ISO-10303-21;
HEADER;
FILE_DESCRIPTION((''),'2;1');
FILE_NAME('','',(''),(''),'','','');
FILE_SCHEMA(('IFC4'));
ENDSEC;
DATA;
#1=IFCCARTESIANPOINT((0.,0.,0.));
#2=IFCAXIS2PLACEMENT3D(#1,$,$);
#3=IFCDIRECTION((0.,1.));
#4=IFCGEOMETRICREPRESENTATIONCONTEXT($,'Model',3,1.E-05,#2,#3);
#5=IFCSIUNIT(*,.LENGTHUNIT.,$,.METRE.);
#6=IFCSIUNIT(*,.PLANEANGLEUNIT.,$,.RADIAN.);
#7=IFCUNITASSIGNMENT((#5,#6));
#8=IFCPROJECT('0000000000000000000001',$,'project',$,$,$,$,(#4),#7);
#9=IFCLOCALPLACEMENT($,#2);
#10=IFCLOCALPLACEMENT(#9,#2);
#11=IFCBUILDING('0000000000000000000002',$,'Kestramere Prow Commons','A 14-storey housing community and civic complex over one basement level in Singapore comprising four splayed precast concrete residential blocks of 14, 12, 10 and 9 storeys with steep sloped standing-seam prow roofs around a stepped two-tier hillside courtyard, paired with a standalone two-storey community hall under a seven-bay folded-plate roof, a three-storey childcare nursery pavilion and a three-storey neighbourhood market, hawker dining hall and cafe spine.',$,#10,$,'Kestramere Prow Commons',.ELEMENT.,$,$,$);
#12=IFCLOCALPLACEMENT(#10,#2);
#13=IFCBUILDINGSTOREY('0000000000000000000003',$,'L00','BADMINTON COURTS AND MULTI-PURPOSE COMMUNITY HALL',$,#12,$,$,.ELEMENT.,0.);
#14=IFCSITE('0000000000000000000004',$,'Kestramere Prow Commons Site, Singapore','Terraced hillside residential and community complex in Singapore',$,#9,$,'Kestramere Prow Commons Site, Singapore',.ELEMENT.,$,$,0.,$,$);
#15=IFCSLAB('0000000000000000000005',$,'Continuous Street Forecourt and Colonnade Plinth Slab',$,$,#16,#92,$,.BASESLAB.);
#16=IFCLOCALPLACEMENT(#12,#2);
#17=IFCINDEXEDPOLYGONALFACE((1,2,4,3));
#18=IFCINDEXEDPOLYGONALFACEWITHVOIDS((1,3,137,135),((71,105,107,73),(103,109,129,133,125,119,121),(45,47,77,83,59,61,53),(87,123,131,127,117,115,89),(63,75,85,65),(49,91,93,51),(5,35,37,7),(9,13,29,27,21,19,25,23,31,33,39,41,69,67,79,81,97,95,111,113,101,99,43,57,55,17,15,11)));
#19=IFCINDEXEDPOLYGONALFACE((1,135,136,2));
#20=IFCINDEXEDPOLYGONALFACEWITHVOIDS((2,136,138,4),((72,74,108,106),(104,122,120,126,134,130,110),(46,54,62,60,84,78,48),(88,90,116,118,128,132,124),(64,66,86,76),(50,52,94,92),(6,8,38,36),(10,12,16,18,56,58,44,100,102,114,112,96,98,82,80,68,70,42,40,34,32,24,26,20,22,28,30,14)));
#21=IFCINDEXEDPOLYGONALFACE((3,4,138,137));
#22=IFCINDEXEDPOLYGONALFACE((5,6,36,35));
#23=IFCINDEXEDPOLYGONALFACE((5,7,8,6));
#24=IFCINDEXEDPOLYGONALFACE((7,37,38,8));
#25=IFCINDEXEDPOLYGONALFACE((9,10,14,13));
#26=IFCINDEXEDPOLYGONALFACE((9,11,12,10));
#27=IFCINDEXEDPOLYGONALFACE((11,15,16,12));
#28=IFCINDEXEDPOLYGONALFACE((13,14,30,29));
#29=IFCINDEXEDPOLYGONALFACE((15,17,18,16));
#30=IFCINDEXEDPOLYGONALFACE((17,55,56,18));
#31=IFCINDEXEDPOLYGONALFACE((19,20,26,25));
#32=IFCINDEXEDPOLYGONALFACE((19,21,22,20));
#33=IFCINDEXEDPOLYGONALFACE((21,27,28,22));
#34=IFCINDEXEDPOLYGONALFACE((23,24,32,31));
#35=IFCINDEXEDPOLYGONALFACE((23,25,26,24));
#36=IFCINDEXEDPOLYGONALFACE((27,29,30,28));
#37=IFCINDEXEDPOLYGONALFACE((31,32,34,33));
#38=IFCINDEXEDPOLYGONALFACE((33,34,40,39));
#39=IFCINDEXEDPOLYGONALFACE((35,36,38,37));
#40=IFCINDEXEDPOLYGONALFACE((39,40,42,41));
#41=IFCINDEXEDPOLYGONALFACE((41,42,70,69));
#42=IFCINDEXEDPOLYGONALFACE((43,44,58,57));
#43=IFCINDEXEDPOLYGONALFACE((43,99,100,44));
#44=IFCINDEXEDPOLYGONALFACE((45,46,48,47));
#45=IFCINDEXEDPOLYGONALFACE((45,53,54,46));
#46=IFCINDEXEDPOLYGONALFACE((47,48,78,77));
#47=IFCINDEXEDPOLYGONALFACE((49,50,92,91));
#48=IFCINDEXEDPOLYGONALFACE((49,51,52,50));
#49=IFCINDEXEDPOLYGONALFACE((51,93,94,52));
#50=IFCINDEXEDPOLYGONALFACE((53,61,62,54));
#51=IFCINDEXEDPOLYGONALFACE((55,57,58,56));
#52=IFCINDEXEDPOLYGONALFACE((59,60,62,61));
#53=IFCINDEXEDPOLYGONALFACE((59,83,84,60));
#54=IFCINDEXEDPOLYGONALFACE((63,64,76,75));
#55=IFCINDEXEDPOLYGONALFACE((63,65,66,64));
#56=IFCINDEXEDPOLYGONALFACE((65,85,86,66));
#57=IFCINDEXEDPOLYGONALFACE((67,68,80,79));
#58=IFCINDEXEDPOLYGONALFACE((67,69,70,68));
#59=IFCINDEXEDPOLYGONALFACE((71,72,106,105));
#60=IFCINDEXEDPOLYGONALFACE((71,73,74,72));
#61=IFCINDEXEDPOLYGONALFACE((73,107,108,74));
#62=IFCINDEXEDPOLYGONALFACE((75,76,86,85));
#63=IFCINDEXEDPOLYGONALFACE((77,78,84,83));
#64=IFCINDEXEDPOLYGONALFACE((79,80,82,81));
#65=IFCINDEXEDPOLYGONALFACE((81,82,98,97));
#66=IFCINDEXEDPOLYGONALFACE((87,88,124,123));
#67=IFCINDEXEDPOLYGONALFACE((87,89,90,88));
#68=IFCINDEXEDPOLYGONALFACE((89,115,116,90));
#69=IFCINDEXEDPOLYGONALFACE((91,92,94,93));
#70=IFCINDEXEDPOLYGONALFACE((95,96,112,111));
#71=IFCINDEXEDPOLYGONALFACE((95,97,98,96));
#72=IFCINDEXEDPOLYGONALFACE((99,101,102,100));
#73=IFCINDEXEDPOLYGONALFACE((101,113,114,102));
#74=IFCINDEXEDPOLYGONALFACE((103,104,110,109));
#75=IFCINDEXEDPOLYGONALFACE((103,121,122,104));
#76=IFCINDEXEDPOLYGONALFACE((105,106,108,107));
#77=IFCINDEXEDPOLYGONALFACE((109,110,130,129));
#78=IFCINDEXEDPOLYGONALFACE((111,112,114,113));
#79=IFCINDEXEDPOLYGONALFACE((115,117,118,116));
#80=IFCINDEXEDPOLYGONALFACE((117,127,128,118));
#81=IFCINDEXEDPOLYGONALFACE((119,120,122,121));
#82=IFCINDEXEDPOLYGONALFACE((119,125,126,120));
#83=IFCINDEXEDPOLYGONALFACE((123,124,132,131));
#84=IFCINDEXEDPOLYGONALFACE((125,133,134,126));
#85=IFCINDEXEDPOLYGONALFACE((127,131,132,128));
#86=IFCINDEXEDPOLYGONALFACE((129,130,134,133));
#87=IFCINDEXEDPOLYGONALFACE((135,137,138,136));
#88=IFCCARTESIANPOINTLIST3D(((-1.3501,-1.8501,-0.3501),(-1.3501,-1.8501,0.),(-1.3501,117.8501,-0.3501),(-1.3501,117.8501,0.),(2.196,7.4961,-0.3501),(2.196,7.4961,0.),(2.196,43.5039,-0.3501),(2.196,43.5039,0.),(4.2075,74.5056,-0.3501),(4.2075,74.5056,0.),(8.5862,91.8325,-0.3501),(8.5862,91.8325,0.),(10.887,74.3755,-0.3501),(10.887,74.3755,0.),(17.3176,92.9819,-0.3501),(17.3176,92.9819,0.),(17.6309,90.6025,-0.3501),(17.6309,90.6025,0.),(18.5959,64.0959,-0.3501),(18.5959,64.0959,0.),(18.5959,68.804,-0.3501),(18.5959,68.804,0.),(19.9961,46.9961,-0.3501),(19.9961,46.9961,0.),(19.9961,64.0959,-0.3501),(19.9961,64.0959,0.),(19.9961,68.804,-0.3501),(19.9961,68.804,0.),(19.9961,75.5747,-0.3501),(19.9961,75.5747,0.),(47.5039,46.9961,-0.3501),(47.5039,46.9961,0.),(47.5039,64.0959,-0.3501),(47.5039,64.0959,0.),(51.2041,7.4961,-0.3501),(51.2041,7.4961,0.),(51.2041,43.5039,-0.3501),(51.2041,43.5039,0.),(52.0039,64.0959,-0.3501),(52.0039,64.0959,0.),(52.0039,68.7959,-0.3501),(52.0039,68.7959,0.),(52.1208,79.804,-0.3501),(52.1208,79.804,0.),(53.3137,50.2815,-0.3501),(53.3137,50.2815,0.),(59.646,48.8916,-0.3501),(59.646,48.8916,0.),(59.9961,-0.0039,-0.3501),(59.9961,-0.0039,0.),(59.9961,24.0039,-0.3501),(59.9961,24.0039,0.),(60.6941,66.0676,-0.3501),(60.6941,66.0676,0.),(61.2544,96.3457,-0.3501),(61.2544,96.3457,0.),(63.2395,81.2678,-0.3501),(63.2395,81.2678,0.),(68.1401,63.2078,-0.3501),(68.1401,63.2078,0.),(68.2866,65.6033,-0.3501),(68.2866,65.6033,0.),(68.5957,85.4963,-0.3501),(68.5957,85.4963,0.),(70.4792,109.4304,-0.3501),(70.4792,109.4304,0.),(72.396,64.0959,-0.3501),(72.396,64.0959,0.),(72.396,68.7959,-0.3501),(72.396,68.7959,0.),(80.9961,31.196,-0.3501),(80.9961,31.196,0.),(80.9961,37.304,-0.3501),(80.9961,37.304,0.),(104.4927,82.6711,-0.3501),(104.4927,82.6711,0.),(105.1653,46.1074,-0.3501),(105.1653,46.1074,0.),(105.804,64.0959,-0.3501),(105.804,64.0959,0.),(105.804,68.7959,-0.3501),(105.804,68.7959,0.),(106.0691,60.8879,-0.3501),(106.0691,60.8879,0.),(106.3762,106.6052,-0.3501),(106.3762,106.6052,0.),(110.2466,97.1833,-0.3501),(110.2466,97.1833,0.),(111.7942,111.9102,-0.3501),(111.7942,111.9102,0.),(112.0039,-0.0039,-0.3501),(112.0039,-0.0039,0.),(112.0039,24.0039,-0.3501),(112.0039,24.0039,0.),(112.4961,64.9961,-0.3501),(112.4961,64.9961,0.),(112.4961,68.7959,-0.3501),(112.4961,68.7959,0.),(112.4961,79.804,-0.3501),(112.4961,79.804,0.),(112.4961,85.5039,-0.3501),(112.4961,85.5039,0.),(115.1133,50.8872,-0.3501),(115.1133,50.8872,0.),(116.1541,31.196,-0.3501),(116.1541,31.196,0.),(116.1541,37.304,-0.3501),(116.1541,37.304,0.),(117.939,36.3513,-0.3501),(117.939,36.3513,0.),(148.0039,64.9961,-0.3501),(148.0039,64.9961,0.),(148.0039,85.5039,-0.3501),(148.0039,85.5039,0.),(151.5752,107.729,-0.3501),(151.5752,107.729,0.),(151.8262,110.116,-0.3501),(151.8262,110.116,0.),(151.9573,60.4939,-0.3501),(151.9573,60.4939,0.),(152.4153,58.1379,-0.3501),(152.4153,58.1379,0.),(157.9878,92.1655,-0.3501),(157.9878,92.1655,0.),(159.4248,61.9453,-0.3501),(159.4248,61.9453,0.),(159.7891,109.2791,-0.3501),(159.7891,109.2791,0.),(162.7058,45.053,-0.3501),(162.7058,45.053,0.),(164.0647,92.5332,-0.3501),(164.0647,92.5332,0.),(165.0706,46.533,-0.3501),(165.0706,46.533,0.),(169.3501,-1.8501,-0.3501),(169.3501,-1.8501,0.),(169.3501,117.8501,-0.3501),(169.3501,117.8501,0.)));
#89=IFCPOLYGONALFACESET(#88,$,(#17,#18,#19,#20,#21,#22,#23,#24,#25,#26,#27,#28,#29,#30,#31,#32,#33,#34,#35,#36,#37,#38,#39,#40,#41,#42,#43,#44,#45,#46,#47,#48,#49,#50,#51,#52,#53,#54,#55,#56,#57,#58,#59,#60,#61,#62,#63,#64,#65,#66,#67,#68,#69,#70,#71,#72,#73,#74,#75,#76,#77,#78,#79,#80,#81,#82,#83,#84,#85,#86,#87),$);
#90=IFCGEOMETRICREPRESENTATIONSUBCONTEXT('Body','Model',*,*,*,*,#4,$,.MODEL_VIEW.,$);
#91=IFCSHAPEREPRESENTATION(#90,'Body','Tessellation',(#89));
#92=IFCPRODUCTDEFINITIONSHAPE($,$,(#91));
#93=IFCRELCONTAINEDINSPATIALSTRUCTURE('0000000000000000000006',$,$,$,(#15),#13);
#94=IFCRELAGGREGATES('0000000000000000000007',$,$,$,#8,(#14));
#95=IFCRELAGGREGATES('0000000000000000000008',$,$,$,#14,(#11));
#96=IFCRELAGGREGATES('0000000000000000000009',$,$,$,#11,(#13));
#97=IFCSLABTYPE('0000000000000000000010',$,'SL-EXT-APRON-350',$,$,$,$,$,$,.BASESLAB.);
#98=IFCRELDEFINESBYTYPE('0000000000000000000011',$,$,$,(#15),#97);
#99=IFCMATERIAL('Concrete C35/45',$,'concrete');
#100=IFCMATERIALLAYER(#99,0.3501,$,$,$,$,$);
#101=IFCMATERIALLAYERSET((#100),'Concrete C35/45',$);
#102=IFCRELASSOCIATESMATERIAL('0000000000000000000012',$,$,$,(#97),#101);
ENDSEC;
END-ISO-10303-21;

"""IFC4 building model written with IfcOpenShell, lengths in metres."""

from ifc_helpers import new_model, si_unit, direction, frame, origin, place, context, subcontext, project, spatial, polyline, outline, extrude, material, layer, layer_set, type_object, element, save


model = new_model("IFC4")

# Units and contexts
model_context = context("Model", 3, precision=1e-05, world=origin(), true_north=direction((0.0, 1.0)))
body_context = subcontext(model_context, "Body", "Model", "MODEL_VIEW")
ifc_project = project(units=[si_unit("LENGTHUNIT", "METRE"), si_unit("PLANEANGLEUNIT", "RADIAN")], contexts=[model_context])

# Site, building, storey
site_placement = place(None, origin())
site = spatial("IfcSite", under=ifc_project, at=site_placement, Name="Kestramere Prow Commons Site, Singapore", Description="Terraced hillside residential and community complex in Singapore", LongName="Kestramere Prow Commons Site, Singapore", CompositionType="ELEMENT", RefElevation=0.0)
building_placement = place(site_placement, origin())
building = spatial("IfcBuilding", under=site, at=building_placement, Name="Kestramere Prow Commons", Description="A 14-storey housing community and civic complex over one basement level in Singapore comprising four splayed precast concrete residential blocks of 14, 12, 10 and 9 storeys with steep sloped standing-seam prow roofs around a stepped two-tier hillside courtyard, paired with a standalone two-storey community hall under a seven-bay folded-plate roof, a three-storey childcare nursery pavilion and a three-storey neighbourhood market, hawker dining hall and cafe spine.", LongName="Kestramere Prow Commons", CompositionType="ELEMENT")
storey_placement = place(building_placement, origin())
storey = spatial("IfcBuildingStorey", under=building, at=storey_placement, Name="L00", Description="BADMINTON COURTS AND MULTI-PURPOSE COMMUNITY HALL", CompositionType="ELEMENT", Elevation=0.0)

# Slab
ifc_material_1 = material(Name="Concrete C35/45", Category="concrete")
ifc_layer_1 = layer(ifc_material_1, 0.3501)
ifc_layer_set_1 = layer_set([ifc_layer_1], Name="Concrete C35/45")
slab_type_1 = type_object("IfcSlabType", Name="SL-EXT-APRON-350", PredefinedType="BASESLAB", material=ifc_layer_set_1)
slab_1_placement = place(storey_placement, frame((0.0, 0.0, -0.3501)))
element("IfcSlab", 1, at=slab_1_placement, inside=storey, type_object=slab_type_1, Name="Continuous Street Forecourt and Colonnade Plinth Slab", PredefinedType="BASESLAB", context=body_context, shape_type="SweptSolid", body=[
    extrude(outline(polyline([(-1.3501, -1.8501), (-1.3501, 117.8501), (169.3501, 117.8501), (169.3501, -1.8501), (-1.3501, -1.8501)]), holes=[polyline([(112.0039, 24.0039), (59.9961, 24.0039), (59.9961, -0.0039), (112.0039, -0.0039), (112.0039, 24.0039)]), polyline([(51.2041, 43.5039), (2.196, 43.5039), (2.196, 7.4961), (51.2041, 7.4961), (51.2041, 43.5039)]), polyline([(68.2866, 65.6033), (60.6941, 66.0676), (53.3137, 50.2815), (59.646, 48.8916), (105.1653, 46.1074), (106.0691, 60.8879), (68.1401, 63.2078), (68.2866, 65.6033)]), polyline([(18.5959, 64.0959), (19.9961, 64.0959), (19.9961, 46.9961), (47.5039, 46.9961), (47.5039, 64.0959), (52.0039, 64.0959), (52.0039, 68.7959), (72.396, 68.7959), (72.396, 64.0959), (105.804, 64.0959), (105.804, 68.7959), (112.4961, 68.7959), (112.4961, 64.9961), (148.0039, 64.9961), (148.0039, 85.5039), (112.4961, 85.5039), (112.4961, 79.804), (52.1208, 79.804), (63.2395, 81.2678), (61.2544, 96.3457), (17.6309, 90.6025), (17.3176, 92.9819), (8.5862, 91.8325), (4.2075, 74.5056), (10.887, 74.3755), (19.9961, 75.5747), (19.9961, 68.804), (18.5959, 68.804), (18.5959, 64.0959)]), polyline([(116.1541, 31.196), (116.1541, 37.304), (80.9961, 37.304), (80.9961, 31.196), (116.1541, 31.196)]), polyline([(151.9573, 60.4939), (152.4153, 58.1379), (115.1133, 50.8872), (117.939, 36.3513), (162.7058, 45.053), (165.0706, 46.533), (159.4248, 61.9453), (151.9573, 60.4939)]), polyline([(104.4927, 82.6711), (106.3762, 106.6052), (70.4792, 109.4304), (68.5957, 85.4963), (104.4927, 82.6711)]), polyline([(151.8262, 110.116), (151.5752, 107.729), (111.7942, 111.9102), (110.2466, 97.1833), (157.9878, 92.1655), (164.0647, 92.5332), (159.7891, 109.2791), (151.8262, 110.116)])]), origin(), (0.0, 0.0, 1.0), 0.3501),
])

save(model, "model.ifc")
